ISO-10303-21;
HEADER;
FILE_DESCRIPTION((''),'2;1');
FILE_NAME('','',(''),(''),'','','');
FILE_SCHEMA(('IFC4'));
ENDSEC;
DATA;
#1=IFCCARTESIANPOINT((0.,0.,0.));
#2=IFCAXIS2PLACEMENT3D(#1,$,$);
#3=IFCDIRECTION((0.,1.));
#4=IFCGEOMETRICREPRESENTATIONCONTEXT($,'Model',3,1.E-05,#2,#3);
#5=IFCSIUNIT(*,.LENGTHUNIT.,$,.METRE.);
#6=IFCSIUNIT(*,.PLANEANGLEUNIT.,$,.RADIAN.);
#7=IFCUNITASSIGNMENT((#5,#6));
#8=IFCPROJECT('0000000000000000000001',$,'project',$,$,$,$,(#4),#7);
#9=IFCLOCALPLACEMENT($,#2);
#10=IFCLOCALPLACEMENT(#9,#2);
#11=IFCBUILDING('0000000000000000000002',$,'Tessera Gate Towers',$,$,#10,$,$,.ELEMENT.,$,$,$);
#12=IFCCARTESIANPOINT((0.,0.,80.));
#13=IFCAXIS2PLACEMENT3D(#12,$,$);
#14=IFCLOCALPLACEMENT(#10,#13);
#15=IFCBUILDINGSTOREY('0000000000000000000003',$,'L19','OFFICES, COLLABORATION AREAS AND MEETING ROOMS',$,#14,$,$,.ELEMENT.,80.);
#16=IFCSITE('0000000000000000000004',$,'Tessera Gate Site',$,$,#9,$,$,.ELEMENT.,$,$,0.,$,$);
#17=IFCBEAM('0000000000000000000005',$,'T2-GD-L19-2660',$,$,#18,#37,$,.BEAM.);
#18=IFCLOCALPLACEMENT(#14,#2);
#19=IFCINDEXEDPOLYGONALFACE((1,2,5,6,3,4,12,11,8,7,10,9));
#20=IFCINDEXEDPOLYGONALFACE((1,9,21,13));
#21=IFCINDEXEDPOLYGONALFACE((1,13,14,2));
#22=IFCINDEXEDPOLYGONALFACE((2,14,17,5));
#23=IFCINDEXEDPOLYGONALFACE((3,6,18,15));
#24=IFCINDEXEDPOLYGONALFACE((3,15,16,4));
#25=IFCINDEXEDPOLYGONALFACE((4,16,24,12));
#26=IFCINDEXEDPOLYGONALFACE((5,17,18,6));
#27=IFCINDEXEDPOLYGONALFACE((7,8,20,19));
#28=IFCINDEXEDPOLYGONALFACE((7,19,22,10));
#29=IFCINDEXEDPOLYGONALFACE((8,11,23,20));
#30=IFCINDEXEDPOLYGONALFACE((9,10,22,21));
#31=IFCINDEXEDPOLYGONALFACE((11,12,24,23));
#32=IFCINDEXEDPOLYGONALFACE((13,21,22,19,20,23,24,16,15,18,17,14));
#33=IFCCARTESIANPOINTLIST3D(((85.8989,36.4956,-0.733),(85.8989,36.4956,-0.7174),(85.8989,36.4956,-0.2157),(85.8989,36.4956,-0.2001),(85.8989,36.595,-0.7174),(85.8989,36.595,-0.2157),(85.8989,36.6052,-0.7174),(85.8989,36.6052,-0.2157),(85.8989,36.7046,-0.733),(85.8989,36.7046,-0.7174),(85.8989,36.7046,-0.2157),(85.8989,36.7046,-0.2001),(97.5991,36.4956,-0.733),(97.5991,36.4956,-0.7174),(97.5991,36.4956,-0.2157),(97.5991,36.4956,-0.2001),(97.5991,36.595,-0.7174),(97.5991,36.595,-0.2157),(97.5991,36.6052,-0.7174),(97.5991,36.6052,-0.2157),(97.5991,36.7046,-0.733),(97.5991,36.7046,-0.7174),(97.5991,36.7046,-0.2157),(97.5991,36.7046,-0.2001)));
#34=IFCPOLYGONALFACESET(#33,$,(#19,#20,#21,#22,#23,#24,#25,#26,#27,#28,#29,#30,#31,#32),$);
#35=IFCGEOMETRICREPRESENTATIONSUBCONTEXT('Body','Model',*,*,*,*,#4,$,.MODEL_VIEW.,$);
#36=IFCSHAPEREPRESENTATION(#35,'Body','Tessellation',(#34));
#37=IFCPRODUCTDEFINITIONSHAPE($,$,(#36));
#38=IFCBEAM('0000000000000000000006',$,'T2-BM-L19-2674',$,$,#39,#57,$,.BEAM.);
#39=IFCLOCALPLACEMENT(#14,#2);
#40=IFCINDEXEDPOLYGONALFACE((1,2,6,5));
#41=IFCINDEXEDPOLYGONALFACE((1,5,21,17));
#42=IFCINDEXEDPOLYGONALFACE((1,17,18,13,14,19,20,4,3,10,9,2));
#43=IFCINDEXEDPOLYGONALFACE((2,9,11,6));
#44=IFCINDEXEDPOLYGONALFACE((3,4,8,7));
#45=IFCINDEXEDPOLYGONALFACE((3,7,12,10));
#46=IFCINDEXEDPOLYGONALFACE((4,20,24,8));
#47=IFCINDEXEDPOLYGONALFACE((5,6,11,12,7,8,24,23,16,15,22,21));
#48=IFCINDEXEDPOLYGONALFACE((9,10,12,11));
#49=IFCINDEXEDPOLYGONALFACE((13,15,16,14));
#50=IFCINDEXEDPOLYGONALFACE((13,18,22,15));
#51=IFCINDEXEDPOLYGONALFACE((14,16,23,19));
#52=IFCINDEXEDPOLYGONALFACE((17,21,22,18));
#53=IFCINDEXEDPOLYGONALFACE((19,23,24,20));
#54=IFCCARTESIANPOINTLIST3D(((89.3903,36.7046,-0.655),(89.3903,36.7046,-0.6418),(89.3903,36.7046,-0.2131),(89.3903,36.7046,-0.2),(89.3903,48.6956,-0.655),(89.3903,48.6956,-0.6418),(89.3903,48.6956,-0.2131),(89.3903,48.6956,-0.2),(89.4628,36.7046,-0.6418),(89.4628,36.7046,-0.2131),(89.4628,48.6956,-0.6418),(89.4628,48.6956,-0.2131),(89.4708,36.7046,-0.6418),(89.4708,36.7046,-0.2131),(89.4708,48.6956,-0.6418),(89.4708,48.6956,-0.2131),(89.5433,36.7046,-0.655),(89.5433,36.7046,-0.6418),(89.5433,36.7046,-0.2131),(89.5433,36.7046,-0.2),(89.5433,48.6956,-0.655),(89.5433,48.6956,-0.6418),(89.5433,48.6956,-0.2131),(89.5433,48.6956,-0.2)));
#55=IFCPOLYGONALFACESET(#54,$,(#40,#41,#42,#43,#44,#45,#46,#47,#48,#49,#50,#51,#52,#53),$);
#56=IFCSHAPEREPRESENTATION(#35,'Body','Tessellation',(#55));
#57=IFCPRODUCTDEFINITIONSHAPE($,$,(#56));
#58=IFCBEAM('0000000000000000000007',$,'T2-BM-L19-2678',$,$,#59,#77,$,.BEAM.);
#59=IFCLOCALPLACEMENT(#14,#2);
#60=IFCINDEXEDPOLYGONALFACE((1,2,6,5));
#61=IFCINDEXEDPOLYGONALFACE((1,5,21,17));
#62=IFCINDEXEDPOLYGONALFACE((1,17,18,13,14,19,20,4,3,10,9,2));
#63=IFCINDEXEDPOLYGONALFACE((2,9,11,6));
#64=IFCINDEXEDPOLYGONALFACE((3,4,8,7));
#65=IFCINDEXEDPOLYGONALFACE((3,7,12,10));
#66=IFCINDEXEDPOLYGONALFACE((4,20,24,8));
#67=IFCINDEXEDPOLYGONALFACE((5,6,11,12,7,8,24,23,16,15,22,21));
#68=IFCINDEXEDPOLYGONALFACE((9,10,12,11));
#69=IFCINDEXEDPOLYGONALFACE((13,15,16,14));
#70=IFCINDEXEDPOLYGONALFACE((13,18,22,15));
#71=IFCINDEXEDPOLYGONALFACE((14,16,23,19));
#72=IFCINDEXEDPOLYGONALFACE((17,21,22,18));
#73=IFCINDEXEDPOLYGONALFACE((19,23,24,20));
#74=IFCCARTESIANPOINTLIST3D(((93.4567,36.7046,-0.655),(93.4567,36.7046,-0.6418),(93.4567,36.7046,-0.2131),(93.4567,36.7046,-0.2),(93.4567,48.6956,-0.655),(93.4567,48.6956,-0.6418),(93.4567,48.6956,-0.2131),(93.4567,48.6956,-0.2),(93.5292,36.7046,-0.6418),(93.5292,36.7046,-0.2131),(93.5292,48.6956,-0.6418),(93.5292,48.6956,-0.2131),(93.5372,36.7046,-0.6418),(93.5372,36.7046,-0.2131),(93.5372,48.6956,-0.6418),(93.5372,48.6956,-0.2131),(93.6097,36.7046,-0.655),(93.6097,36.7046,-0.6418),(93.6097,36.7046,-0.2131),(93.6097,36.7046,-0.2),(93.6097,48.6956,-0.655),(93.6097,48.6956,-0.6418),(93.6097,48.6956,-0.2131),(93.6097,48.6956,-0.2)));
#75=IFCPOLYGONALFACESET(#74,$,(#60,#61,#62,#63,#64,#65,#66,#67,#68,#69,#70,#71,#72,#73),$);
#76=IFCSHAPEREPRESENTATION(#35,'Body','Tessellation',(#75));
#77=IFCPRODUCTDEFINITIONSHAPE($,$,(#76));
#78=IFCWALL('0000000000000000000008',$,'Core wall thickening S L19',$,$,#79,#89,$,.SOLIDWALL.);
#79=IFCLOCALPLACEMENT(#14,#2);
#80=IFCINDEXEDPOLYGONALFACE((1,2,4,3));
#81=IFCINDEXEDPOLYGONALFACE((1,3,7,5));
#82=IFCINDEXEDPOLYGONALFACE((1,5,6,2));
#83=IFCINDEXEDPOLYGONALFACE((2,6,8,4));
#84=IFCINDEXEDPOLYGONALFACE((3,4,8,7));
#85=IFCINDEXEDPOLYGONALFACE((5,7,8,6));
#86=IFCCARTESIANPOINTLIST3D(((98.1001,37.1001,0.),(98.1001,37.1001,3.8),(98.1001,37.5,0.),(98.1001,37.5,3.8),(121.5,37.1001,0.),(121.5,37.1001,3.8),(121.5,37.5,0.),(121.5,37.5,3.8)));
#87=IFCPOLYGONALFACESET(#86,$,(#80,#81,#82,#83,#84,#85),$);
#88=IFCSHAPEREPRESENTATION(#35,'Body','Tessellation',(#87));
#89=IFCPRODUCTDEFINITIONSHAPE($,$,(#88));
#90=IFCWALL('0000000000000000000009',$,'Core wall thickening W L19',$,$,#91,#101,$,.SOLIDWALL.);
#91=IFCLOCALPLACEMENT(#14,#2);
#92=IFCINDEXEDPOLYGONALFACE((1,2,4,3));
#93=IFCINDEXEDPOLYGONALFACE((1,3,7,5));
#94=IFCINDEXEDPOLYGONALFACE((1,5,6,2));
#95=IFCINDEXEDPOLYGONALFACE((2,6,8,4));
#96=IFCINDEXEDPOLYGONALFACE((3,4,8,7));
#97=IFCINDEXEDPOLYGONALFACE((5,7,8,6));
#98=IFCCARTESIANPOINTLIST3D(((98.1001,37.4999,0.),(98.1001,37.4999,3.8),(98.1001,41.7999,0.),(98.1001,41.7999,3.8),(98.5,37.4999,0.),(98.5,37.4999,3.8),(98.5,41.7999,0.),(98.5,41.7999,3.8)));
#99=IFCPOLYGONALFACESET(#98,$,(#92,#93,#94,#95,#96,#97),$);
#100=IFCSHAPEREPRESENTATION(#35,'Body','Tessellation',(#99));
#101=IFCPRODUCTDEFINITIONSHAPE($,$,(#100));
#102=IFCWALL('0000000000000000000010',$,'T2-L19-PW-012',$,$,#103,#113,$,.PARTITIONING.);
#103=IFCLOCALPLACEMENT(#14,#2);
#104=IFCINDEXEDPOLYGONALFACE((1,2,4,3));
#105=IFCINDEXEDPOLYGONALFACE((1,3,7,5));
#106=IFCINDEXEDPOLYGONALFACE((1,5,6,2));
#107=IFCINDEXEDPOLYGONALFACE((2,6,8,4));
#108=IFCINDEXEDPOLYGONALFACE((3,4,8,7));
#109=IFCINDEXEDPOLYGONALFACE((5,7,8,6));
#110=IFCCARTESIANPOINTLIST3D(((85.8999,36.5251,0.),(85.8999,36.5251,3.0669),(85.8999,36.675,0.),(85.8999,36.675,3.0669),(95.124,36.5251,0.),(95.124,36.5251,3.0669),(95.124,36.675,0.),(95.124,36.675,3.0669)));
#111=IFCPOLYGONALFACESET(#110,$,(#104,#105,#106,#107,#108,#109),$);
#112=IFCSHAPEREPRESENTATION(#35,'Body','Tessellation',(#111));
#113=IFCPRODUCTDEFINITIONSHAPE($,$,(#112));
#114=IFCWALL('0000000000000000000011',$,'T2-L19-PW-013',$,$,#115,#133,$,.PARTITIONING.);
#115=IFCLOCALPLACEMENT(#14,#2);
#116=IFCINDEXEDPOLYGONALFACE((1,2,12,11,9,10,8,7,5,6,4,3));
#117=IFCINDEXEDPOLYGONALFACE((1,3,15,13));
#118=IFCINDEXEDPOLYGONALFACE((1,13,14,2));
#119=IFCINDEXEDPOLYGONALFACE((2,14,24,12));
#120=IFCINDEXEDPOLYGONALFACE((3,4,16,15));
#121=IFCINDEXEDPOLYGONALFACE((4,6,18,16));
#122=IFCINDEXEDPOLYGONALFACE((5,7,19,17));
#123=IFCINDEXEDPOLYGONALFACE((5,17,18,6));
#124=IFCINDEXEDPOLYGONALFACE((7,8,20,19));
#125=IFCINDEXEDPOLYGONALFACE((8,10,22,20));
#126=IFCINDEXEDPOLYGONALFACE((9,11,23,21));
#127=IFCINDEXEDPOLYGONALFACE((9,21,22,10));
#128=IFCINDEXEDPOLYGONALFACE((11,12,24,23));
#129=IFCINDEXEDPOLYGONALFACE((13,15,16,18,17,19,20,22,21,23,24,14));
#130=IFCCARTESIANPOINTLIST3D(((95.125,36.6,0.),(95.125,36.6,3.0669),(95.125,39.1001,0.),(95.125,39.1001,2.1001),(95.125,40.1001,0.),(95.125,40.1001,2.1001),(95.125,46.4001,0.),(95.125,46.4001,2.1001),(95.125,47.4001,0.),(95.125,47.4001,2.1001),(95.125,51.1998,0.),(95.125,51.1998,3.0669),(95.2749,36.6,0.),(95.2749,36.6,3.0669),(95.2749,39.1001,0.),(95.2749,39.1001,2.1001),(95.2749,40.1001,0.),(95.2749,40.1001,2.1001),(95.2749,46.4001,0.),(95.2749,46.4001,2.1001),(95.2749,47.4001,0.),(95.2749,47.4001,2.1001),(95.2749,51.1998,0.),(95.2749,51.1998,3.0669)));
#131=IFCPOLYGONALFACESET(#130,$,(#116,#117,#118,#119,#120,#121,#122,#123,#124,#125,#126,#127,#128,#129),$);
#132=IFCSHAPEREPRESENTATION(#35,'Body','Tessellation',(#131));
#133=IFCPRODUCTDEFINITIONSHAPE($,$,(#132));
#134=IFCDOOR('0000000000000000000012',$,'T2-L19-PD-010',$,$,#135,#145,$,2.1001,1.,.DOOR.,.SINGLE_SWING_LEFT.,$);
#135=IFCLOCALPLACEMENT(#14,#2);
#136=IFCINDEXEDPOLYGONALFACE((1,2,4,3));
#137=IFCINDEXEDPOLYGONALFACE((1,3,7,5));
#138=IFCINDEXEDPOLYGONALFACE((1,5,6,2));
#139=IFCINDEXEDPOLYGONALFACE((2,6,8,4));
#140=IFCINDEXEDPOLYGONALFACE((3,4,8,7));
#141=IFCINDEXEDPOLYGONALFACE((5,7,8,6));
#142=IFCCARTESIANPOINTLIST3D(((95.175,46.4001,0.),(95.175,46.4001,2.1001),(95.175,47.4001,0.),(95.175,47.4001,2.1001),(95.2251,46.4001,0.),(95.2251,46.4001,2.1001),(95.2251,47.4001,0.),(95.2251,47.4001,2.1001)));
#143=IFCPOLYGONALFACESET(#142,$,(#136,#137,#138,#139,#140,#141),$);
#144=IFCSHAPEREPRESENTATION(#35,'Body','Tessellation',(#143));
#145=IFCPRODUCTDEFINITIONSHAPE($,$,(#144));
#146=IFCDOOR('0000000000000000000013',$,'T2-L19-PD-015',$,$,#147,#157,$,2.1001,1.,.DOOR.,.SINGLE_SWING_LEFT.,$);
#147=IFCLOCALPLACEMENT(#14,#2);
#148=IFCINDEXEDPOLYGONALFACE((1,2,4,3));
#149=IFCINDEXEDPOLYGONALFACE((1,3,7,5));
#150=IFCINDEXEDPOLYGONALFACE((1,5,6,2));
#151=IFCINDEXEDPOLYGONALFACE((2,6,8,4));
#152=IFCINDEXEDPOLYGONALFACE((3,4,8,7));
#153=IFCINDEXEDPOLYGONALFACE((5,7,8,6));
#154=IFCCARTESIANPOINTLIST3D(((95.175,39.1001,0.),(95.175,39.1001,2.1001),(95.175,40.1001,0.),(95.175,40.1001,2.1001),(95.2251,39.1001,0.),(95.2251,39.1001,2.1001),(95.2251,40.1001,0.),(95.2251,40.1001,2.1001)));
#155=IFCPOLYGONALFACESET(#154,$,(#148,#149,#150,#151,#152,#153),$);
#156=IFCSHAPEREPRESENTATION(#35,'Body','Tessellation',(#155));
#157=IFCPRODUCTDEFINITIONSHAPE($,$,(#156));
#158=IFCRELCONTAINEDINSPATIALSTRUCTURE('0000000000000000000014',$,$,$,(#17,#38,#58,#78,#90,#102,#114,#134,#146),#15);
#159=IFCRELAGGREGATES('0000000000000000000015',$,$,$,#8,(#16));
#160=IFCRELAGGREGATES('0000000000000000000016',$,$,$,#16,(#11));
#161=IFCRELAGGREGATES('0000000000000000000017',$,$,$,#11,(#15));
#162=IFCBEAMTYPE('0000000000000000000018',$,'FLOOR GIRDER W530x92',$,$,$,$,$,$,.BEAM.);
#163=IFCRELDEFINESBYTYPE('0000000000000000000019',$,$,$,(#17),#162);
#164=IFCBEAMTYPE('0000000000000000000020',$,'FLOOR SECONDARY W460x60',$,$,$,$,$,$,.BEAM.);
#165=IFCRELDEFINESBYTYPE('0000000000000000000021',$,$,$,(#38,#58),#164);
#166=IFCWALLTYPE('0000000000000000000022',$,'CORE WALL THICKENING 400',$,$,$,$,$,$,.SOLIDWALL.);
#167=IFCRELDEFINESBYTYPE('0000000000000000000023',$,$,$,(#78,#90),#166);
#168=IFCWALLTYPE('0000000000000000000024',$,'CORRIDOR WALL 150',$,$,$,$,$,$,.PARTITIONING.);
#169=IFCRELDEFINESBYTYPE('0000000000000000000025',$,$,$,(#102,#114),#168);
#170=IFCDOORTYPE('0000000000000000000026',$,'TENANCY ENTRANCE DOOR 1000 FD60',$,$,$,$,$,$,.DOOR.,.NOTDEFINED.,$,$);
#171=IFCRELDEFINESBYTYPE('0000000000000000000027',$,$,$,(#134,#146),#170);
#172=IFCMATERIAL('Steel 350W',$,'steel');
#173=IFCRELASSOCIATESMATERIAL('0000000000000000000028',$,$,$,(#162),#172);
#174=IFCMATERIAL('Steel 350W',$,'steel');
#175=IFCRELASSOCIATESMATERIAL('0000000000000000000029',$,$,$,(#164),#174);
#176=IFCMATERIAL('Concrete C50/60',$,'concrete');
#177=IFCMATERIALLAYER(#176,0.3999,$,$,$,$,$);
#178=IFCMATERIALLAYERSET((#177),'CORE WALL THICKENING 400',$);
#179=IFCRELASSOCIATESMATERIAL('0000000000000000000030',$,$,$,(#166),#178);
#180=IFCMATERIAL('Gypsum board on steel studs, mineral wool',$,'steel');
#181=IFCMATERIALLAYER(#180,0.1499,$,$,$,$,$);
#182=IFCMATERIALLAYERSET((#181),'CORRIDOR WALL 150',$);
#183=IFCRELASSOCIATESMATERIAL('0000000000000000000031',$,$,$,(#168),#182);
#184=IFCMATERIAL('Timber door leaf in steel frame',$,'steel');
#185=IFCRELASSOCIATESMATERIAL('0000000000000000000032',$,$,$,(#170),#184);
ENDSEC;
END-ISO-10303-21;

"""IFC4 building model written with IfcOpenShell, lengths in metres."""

from ifc_helpers import new_model, si_unit, direction, frame, frame_2d, origin, origin_2d, place, context, subcontext, project, spatial, rectangle, i_section, extrude, source, transform, mapped, material, layer, layer_set, material_profile, profile_set, type_object, element, fill, save


model = new_model("IFC4")

# Units and contexts
model_context = context("Model", 3, precision=1e-05, world=origin(), true_north=direction((0.0, 1.0)))
body_context = subcontext(model_context, "Body", "Model", "MODEL_VIEW")
ifc_project = project(units=[si_unit("LENGTHUNIT", "METRE"), si_unit("PLANEANGLEUNIT", "RADIAN")], contexts=[model_context])

# Site, building, storey
site_placement = place(None, origin())
site = spatial("IfcSite", under=ifc_project, at=site_placement, Name="Tessera Gate Site", CompositionType="ELEMENT", RefElevation=0.0)
building_placement = place(site_placement, origin())
building = spatial("IfcBuilding", under=site, at=building_placement, Name="Tessera Gate Towers", CompositionType="ELEMENT")
storey_placement = place(building_placement, frame((0.0, 0.0, 80.0)))
storey = spatial("IfcBuildingStorey", under=building, at=storey_placement, Name="L19", Description="OFFICES, COLLABORATION AREAS AND MEETING ROOMS", CompositionType="ELEMENT", Elevation=80.0)

# Beams
ifc_material_1 = material(Name="Steel 350W", Category="steel")
ifc_material_profile_1 = material_profile(ifc_material_1, i_section(OverallWidth=0.209, OverallDepth=0.533, WebThickness=0.0103, FlangeThickness=0.0156, at=origin_2d()), Name="W530x92")
ifc_profile_set_1 = profile_set([ifc_material_profile_1], Name="Steel 350W")
beam_type_1 = type_object("IfcBeamType", Name="FLOOR GIRDER W530x92", PredefinedType="BEAM", material=ifc_profile_set_1)
beam_placement = place(storey_placement, frame((85.8989, 36.6001, -0.4666), z_axis=(1.0, 0.0, 0.0), x_axis=(0.0, 1.0, 0.0)))
element("IfcBeam", 1, at=beam_placement, inside=storey, type_object=beam_type_1, Name="T2-GD-L19-2660", PredefinedType="BEAM", context=body_context, shape_type="SweptSolid", body=[
    extrude(i_section(OverallWidth=0.209, OverallDepth=0.533, WebThickness=0.0103, FlangeThickness=0.0156, at=origin_2d()), origin(), (0.0, 0.0, 1.0), 11.7002),
])
ifc_material_2 = material(Name="Steel 350W", Category="steel")
ifc_material_profile_2 = material_profile(ifc_material_2, i_section(OverallWidth=0.1531, OverallDepth=0.4551, WebThickness=0.0081, FlangeThickness=0.0132, at=origin_2d()), Name="W460x60")
ifc_profile_set_2 = profile_set([ifc_material_profile_2], Name="Steel 350W")
beam_type_2 = type_object("IfcBeamType", Name="FLOOR SECONDARY W460x60", PredefinedType="BEAM", material=ifc_profile_set_2)
for number, where, z_axis, x_axis, name in (
    (2, (89.4668, 36.7046, -0.4275), (0.0, 1.0, 0.0), (-1.0, 0.0, 0.0), "T2-BM-L19-2674"),
    (3, (93.5332, 36.7046, -0.4275), (0.0, 1.0, 0.0), (-1.0, 0.0, 0.0), "T2-BM-L19-2678"),
):
    element("IfcBeam", number, at=place(storey_placement, frame(where, z_axis=z_axis, x_axis=x_axis)), inside=storey, type_object=beam_type_2, Name=name, PredefinedType="BEAM", context=body_context, shape_type="SweptSolid", body=[
        extrude(i_section(OverallWidth=0.1531, OverallDepth=0.4551, WebThickness=0.0081, FlangeThickness=0.0132, at=origin_2d()), origin(), (0.0, 0.0, 1.0), 11.991),
    ])

# Walls
ifc_material_3 = material(Name="Concrete C50/60", Category="concrete")
ifc_layer_1 = layer(ifc_material_3, 0.3999)
ifc_layer_set_1 = layer_set([ifc_layer_1], Name="CORE WALL THICKENING 400")
wall_type_1 = type_object("IfcWallType", Name="CORE WALL THICKENING 400", PredefinedType="SOLIDWALL", material=ifc_layer_set_1)
wall_1_placement = place(storey_placement, frame((98.1001, 37.3, 0.0), z_axis=(0.0, 0.0, 1.0), x_axis=(1.0, 0.0, 0.0)))
element("IfcWall", 4, at=wall_1_placement, inside=storey, type_object=wall_type_1, Name="Core wall thickening S L19", PredefinedType="SOLIDWALL", context=body_context, shape_type="SweptSolid", body=[
    extrude(rectangle(XDim=23.3999, YDim=0.3999, at=frame_2d((11.7, 0.0))), origin(), (0.0, 0.0, 1.0), 3.8),
])
wall_2_placement = place(storey_placement, frame((98.3, 37.5, 0.0), z_axis=(0.0, 0.0, 1.0), x_axis=(0.0, 1.0, 0.0)))
element("IfcWall", 5, at=wall_2_placement, inside=storey, type_object=wall_type_1, Name="Core wall thickening W L19", PredefinedType="SOLIDWALL", context=body_context, shape_type="SweptSolid", body=[
    extrude(rectangle(XDim=4.3, YDim=0.3999, at=frame_2d((2.1499, 0.0))), origin(), (0.0, 0.0, 1.0), 3.8),
])
ifc_material_4 = material(Name="Gypsum board on steel studs, mineral wool", Category="steel")
ifc_layer_2 = layer(ifc_material_4, 0.1499)
ifc_layer_set_2 = layer_set([ifc_layer_2], Name="CORRIDOR WALL 150")
wall_type_2 = type_object("IfcWallType", Name="CORRIDOR WALL 150", PredefinedType="PARTITIONING", material=ifc_layer_set_2)
wall_3_placement = place(storey_placement, frame((85.8999, 36.6001, 0.0), z_axis=(0.0, 0.0, 1.0), x_axis=(1.0, 0.0, 0.0)))
element("IfcWall", 6, at=wall_3_placement, inside=storey, type_object=wall_type_2, Name="T2-L19-PW-012", PredefinedType="PARTITIONING", context=body_context, shape_type="SweptSolid", body=[
    extrude(rectangle(XDim=9.2241, YDim=0.1499, at=frame_2d((4.6121, 0.0))), origin(), (0.0, 0.0, 1.0), 3.0669),
])

# Wall, openings, doors
wall_4_placement = place(storey_placement, frame((95.2, 36.6001, 0.0), z_axis=(0.0, 0.0, 1.0), x_axis=(0.0, 1.0, 0.0)))
wall_4 = element("IfcWall", 7, at=wall_4_placement, inside=storey, type_object=wall_type_2, Name="T2-L19-PW-013", PredefinedType="PARTITIONING", context=body_context, shape_type="SweptSolid", body=[
    extrude(rectangle(XDim=14.5999, YDim=0.1499, at=frame_2d((7.2998, 0.0))), origin(), (0.0, 0.0, 1.0), 3.0669),
])
shared_shape_1 = source(origin(), body_context, "Body", "SweptSolid", [
    extrude(rectangle(XDim=1.0, YDim=2.1001, at=frame_2d((0.5, 1.05))), frame((0.0, 0.085, 0.0), z_axis=(0.0, -1.0, 0.0), x_axis=(1.0, 0.0, 0.0)), (0.0, 0.0, 1.0), 0.1699),
])
opening_1_placement = place(wall_4_placement, frame((9.8, 0.0, 0.0)))
opening_1 = element("IfcOpeningElement", 8, at=opening_1_placement, cuts=wall_4, PredefinedType="OPENING", context=body_context, shape_type="MappedRepresentation", body=[
    mapped(shared_shape_1, transform((0.0, 0.0, 0.0), scale=1.0)),
])
opening_2_placement = place(wall_4_placement, frame((2.5, 0.0, 0.0)))
opening_2 = element("IfcOpeningElement", 9, at=opening_2_placement, cuts=wall_4, PredefinedType="OPENING", context=body_context, shape_type="MappedRepresentation", body=[
    mapped(shared_shape_1, transform((0.0, 0.0, 0.0), scale=1.0)),
])
ifc_material_5 = material(Name="Timber door leaf in steel frame", Category="steel")
door_type_1 = type_object("IfcDoorType", Name="TENANCY ENTRANCE DOOR 1000 FD60", OperationType="NOTDEFINED", PredefinedType="DOOR", material=ifc_material_5)
shared_shape_2 = source(origin(), body_context, "Body", "SweptSolid", [
    extrude(rectangle(XDim=1.0, YDim=2.1001, at=frame_2d((0.5, 1.05))), frame((0.0, 0.0249, 0.0), z_axis=(0.0, -1.0, 0.0), x_axis=(1.0, 0.0, 0.0)), (0.0, 0.0, 1.0), 0.05),
])
door_1_placement = place(opening_1_placement, origin())
door_1 = element("IfcDoor", 10, at=door_1_placement, inside=storey, type_object=door_type_1, Name="T2-L19-PD-010", OperationType="SINGLE_SWING_LEFT", OverallHeight=2.1001, OverallWidth=1.0, PredefinedType="DOOR", context=body_context, shape_type="MappedRepresentation", body=[
    mapped(shared_shape_2, transform((0.0, 0.0, 0.0), scale=1.0)),
])
fill(opening_1, door_1)
door_2_placement = place(opening_2_placement, origin())
door_2 = element("IfcDoor", 11, at=door_2_placement, inside=storey, type_object=door_type_1, Name="T2-L19-PD-015", OperationType="SINGLE_SWING_LEFT", OverallHeight=2.1001, OverallWidth=1.0, PredefinedType="DOOR", context=body_context, shape_type="MappedRepresentation", body=[
    mapped(shared_shape_2, transform((0.0, 0.0, 0.0), scale=1.0)),
])
fill(opening_2, door_2)

save(model, "model.ifc")
